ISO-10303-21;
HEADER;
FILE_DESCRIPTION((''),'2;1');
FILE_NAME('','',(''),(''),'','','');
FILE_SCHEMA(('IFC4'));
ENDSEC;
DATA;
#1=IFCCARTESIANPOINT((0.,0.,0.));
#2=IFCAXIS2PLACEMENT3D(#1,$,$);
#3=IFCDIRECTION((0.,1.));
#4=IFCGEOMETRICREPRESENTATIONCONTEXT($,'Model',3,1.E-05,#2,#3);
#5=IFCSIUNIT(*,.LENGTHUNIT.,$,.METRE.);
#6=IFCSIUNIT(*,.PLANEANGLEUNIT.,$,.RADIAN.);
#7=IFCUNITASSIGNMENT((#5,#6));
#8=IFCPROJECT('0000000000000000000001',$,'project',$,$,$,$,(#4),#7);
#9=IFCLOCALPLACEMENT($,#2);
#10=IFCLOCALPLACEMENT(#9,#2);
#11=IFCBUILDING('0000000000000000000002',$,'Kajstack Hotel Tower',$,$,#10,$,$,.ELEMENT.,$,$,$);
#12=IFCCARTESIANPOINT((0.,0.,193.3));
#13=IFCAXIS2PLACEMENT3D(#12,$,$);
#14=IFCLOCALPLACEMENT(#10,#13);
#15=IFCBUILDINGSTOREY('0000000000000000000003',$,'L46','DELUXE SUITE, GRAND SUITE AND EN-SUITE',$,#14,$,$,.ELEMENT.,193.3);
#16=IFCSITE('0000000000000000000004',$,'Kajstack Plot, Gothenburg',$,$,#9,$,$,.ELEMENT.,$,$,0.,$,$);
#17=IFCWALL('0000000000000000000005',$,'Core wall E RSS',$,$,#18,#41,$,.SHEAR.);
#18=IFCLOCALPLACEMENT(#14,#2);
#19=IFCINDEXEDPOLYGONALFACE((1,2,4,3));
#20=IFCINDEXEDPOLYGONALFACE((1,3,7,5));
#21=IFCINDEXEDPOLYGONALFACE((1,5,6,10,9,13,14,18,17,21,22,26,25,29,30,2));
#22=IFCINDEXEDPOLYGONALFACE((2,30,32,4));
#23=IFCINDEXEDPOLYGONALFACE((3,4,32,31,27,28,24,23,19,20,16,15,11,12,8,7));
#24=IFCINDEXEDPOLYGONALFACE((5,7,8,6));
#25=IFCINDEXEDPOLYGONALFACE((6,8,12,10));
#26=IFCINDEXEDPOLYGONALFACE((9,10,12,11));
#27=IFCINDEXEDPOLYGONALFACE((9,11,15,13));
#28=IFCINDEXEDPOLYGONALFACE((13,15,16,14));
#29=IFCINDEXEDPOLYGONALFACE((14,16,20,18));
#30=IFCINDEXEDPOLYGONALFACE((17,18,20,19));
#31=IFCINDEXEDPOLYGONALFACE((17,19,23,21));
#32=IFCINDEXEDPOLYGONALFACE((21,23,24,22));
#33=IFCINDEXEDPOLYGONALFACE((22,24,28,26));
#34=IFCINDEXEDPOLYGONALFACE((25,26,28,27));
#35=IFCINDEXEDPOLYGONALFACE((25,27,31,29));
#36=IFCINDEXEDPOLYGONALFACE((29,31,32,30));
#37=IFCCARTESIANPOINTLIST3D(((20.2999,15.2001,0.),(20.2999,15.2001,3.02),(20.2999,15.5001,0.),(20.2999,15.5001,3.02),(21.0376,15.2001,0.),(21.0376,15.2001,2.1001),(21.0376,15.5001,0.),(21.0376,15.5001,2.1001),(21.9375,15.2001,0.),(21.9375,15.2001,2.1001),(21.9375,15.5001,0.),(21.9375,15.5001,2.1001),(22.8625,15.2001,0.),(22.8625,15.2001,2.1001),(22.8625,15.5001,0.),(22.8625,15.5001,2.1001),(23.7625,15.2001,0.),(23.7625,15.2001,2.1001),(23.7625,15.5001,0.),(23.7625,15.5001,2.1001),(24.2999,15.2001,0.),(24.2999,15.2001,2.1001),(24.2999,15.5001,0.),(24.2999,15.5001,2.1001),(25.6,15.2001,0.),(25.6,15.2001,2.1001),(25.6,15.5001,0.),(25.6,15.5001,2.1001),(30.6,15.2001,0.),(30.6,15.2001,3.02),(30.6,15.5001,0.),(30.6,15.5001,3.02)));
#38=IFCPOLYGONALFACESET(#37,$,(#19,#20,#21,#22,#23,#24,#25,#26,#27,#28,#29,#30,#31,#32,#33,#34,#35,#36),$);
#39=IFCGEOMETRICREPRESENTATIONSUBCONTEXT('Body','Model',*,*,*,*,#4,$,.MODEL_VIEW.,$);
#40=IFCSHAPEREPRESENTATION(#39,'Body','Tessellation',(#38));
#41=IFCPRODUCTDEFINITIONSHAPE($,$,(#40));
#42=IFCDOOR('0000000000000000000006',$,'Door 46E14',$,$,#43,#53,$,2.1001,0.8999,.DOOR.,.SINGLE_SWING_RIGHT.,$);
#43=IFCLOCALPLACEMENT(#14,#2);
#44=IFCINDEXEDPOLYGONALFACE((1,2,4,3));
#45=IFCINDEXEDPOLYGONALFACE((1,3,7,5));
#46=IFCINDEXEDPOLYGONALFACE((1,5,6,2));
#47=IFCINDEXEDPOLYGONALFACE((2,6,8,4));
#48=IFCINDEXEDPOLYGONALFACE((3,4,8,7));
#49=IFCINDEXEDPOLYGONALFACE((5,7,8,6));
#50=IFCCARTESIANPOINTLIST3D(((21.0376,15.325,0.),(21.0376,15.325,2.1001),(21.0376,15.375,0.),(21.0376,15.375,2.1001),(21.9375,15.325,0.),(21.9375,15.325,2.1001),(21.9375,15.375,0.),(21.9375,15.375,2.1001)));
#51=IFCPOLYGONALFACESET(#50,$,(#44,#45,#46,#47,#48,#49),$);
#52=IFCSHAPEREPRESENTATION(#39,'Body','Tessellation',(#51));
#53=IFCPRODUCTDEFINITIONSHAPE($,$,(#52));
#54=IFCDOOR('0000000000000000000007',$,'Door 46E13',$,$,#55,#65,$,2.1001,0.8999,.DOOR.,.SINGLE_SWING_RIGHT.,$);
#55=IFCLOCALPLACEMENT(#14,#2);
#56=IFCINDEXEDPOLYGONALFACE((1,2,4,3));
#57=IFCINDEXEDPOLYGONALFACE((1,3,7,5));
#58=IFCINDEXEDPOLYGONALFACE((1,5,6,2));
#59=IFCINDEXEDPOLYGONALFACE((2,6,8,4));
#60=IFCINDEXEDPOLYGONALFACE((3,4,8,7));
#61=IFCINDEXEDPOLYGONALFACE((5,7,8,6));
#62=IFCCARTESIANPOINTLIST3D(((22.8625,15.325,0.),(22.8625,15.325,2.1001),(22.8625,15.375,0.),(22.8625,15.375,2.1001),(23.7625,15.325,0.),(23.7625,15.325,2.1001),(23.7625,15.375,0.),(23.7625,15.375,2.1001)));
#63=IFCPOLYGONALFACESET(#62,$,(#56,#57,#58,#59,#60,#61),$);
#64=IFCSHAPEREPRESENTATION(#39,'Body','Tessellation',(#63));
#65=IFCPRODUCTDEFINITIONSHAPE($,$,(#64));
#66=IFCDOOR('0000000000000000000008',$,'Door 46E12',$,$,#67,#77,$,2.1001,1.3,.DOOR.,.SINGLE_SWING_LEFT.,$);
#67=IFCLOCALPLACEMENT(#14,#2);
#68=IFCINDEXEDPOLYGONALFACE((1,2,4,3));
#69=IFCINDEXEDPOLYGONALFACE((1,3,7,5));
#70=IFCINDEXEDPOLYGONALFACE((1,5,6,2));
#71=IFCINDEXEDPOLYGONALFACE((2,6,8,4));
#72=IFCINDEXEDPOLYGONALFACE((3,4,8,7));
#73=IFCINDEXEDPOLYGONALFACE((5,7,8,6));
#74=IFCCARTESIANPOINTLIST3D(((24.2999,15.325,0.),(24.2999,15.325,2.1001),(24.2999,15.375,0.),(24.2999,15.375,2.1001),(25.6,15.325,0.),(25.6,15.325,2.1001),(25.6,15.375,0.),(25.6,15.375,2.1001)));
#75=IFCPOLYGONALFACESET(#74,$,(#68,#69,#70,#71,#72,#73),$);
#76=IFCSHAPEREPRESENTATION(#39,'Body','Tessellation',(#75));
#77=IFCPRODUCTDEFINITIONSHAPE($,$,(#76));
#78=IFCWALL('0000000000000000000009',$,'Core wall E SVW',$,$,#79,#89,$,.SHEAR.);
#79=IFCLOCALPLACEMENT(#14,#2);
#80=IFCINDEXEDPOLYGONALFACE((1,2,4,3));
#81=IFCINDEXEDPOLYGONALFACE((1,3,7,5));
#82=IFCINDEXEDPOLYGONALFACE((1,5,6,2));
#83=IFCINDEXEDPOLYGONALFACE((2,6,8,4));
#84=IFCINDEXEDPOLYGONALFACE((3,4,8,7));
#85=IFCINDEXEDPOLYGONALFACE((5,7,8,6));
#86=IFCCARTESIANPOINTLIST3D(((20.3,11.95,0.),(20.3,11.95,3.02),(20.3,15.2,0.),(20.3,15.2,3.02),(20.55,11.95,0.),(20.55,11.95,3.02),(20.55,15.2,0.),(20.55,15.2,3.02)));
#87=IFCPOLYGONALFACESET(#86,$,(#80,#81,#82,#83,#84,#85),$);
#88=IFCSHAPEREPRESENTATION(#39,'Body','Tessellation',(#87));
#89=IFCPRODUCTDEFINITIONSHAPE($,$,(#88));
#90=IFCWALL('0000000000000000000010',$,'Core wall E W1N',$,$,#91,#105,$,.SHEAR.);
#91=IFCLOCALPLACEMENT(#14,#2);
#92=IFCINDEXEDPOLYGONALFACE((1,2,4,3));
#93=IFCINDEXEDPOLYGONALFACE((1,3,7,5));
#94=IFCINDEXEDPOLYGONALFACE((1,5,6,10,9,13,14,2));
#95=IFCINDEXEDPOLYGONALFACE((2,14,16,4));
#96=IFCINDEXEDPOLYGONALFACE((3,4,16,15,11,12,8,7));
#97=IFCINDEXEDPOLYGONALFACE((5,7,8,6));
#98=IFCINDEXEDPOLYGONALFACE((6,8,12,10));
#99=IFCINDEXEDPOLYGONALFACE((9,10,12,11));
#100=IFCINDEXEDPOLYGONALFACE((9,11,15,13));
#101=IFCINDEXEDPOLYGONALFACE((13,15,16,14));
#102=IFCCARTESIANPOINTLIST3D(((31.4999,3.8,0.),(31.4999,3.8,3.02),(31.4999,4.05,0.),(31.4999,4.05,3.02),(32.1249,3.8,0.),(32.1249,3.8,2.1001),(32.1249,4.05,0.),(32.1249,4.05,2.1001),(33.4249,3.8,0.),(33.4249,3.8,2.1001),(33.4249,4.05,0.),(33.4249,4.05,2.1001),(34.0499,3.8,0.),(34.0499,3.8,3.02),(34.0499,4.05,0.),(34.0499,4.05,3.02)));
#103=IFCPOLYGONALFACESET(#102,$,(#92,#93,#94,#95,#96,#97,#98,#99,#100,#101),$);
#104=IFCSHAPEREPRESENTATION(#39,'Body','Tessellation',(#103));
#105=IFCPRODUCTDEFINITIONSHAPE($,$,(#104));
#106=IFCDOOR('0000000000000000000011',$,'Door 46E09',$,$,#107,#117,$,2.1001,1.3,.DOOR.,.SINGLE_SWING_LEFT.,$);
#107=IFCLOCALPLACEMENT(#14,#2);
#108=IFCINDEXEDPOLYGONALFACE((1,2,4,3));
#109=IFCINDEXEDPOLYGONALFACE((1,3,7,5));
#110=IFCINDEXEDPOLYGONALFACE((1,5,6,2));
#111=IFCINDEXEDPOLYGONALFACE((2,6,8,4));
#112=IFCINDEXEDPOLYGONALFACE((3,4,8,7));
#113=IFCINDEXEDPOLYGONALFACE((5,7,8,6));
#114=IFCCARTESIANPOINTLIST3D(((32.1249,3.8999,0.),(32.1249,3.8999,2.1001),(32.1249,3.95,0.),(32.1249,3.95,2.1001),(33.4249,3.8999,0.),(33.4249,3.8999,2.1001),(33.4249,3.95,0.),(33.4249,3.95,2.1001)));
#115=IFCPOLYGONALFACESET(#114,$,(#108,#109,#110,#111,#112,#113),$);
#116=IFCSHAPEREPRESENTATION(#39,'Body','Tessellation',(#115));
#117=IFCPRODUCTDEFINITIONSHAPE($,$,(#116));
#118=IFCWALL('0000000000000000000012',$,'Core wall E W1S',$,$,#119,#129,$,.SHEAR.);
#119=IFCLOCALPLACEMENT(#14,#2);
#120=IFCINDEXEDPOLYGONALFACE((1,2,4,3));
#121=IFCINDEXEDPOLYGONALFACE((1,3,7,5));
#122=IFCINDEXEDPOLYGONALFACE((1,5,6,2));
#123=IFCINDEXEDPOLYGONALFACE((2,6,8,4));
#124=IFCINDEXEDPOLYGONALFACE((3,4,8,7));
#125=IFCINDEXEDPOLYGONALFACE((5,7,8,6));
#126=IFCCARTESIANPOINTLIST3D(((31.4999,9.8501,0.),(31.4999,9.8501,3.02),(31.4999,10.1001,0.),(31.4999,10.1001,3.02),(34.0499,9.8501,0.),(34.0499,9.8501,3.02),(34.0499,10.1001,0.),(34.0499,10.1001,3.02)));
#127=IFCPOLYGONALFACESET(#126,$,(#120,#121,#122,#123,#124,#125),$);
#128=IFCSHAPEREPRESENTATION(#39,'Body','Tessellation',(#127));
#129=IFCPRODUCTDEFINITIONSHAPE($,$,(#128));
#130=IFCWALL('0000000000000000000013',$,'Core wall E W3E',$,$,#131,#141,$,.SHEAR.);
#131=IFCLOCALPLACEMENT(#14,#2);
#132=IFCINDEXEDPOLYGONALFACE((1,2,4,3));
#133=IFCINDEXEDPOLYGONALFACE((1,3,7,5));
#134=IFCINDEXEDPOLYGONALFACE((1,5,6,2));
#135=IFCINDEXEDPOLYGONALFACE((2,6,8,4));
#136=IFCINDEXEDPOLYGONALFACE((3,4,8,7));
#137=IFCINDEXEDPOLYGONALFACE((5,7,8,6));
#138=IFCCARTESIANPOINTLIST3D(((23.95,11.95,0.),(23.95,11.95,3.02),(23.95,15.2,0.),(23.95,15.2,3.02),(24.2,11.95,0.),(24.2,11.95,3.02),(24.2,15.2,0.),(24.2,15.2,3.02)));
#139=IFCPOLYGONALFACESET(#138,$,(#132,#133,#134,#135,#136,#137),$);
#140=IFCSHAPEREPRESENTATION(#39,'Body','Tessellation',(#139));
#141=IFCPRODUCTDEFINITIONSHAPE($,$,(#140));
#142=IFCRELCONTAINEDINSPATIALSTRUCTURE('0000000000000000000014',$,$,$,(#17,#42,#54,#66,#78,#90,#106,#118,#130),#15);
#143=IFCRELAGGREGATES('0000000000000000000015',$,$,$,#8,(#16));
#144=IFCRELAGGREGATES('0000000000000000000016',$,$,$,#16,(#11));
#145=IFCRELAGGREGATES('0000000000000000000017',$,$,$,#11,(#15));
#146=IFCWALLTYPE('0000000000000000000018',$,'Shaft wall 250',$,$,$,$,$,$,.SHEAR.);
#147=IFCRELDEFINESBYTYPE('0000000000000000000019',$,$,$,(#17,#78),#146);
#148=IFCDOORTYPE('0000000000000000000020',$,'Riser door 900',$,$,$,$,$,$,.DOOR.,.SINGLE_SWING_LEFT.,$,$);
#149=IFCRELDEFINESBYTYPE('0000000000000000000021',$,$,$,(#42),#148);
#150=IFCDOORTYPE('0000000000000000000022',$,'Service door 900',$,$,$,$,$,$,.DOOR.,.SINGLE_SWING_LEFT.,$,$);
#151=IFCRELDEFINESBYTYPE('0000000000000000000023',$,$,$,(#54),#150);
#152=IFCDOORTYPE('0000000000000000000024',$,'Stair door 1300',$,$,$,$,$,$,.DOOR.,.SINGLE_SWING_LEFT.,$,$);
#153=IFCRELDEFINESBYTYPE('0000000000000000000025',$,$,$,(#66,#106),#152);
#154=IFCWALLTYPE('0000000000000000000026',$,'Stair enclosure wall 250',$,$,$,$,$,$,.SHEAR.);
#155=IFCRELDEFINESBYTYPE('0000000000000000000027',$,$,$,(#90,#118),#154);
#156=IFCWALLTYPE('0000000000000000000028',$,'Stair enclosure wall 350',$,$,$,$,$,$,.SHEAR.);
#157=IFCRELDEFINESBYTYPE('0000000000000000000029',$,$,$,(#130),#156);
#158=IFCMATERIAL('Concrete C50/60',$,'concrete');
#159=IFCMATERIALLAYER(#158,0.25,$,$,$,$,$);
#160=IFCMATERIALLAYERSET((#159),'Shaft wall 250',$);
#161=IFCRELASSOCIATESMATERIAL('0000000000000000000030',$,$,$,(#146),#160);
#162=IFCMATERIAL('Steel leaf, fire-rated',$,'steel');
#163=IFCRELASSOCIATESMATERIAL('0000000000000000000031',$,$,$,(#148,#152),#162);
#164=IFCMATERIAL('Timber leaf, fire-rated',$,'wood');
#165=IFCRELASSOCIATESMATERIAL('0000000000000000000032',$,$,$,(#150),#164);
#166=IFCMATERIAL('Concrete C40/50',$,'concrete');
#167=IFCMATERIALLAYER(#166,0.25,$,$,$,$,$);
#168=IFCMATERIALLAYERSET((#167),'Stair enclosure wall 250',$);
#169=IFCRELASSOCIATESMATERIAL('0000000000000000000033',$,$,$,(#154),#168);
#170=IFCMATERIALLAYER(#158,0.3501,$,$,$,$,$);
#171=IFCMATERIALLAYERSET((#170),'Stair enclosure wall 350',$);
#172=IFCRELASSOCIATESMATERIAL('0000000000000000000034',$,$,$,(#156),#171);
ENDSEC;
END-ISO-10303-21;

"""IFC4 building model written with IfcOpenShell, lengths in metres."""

from ifc_helpers import new_model, si_unit, direction, frame, frame_2d, origin, place, context, subcontext, project, spatial, rectangle, extrude, material, layer, layer_set, type_object, element, fill, save


model = new_model("IFC4")

# Units and contexts
model_context = context("Model", 3, precision=1e-05, world=origin(), true_north=direction((0.0, 1.0)))
body_context = subcontext(model_context, "Body", "Model", "MODEL_VIEW")
ifc_project = project(units=[si_unit("LENGTHUNIT", "METRE"), si_unit("PLANEANGLEUNIT", "RADIAN")], contexts=[model_context])

# Site, building, storey
site_placement = place(None, origin())
site = spatial("IfcSite", under=ifc_project, at=site_placement, Name="Kajstack Plot, Gothenburg", CompositionType="ELEMENT", RefElevation=0.0)
building_placement = place(site_placement, origin())
building = spatial("IfcBuilding", under=site, at=building_placement, Name="Kajstack Hotel Tower", CompositionType="ELEMENT")
storey_placement = place(building_placement, frame((0.0, 0.0, 193.3)))
storey = spatial("IfcBuildingStorey", under=building, at=storey_placement, Name="L46", Description="DELUXE SUITE, GRAND SUITE AND EN-SUITE", CompositionType="ELEMENT", Elevation=193.3)

# Shared definitions
ifc_material_1 = material(Name="Concrete C40/50", Category="concrete")
ifc_material_2 = material(Name="Concrete C50/60", Category="concrete")

# Wall, openings, doors
ifc_layer_1 = layer(ifc_material_2, 0.25)
ifc_layer_set_1 = layer_set([ifc_layer_1], Name="Shaft wall 250")
wall_type_1 = type_object("IfcWallType", Name="Shaft wall 250", PredefinedType="SHEAR", material=ifc_layer_set_1)
wall_1_placement = place(storey_placement, frame((20.3, 15.3501, 0.0), z_axis=(0.0, 0.0, 1.0), x_axis=(1.0, 0.0, 0.0)))
wall_1 = element("IfcWall", 1, at=wall_1_placement, inside=storey, type_object=wall_type_1, Name="Core wall E RSS", PredefinedType="SHEAR", context=body_context, shape_type="SweptSolid", body=[
    extrude(rectangle(XDim=10.3, YDim=0.3, at=frame_2d((5.1499, 0.0))), origin(), (0.0, 0.0, 1.0), 3.02),
])
opening_1_placement = place(wall_1_placement, frame((4.0, 0.0, 0.0)))
opening_1 = element("IfcOpeningElement", 2, at=opening_1_placement, cuts=wall_1, PredefinedType="OPENING", context=body_context, shape_type="SweptSolid", body=[
    extrude(rectangle(XDim=1.3, YDim=2.1001, at=frame_2d((0.6499, 1.05))), frame((0.0, 0.1599, 0.0), z_axis=(0.0, -1.0, 0.0), x_axis=(1.0, 0.0, 0.0)), (0.0, 0.0, 1.0), 0.3201),
])
opening_2_placement = place(wall_1_placement, frame((2.5625, 0.0, 0.0)))
opening_2 = element("IfcOpeningElement", 3, at=opening_2_placement, cuts=wall_1, PredefinedType="OPENING", context=body_context, shape_type="SweptSolid", body=[
    extrude(rectangle(XDim=0.8999, YDim=2.1001, at=frame_2d((0.45, 1.05))), frame((0.0, 0.1599, 0.0), z_axis=(0.0, -1.0, 0.0), x_axis=(1.0, 0.0, 0.0)), (0.0, 0.0, 1.0), 0.3201),
])
opening_3_placement = place(wall_1_placement, frame((0.7375, 0.0, 0.0)))
opening_3 = element("IfcOpeningElement", 4, at=opening_3_placement, cuts=wall_1, PredefinedType="OPENING", context=body_context, shape_type="SweptSolid", body=[
    extrude(rectangle(XDim=0.8999, YDim=2.1001, at=frame_2d((0.45, 1.05))), frame((0.0, 0.1599, 0.0), z_axis=(0.0, -1.0, 0.0), x_axis=(1.0, 0.0, 0.0)), (0.0, 0.0, 1.0), 0.3201),
])
ifc_material_3 = material(Name="Steel leaf, fire-rated", Category="steel")
door_type_1 = type_object("IfcDoorType", Name="Riser door 900", OperationType="SINGLE_SWING_LEFT", PredefinedType="DOOR", material=ifc_material_3)
door_1_placement = place(opening_3_placement, origin())
door_1 = element("IfcDoor", 5, at=door_1_placement, inside=storey, type_object=door_type_1, Name="Door 46E14", OperationType="SINGLE_SWING_RIGHT", OverallHeight=2.1001, OverallWidth=0.8999, PredefinedType="DOOR", context=body_context, shape_type="SweptSolid", body=[
    extrude(rectangle(XDim=0.8999, YDim=2.1001, at=frame_2d((0.45, 1.05))), frame((0.0, 0.0249, 0.0), z_axis=(0.0, -1.0, 0.0), x_axis=(1.0, 0.0, 0.0)), (0.0, 0.0, 1.0), 0.05),
])
fill(opening_3, door_1)
ifc_material_4 = material(Name="Timber leaf, fire-rated", Category="wood")
door_type_2 = type_object("IfcDoorType", Name="Service door 900", OperationType="SINGLE_SWING_LEFT", PredefinedType="DOOR", material=ifc_material_4)
door_2_placement = place(opening_2_placement, origin())
door_2 = element("IfcDoor", 6, at=door_2_placement, inside=storey, type_object=door_type_2, Name="Door 46E13", OperationType="SINGLE_SWING_RIGHT", OverallHeight=2.1001, OverallWidth=0.8999, PredefinedType="DOOR", context=body_context, shape_type="SweptSolid", body=[
    extrude(rectangle(XDim=0.8999, YDim=2.1001, at=frame_2d((0.45, 1.05))), frame((0.0, 0.0249, 0.0), z_axis=(0.0, -1.0, 0.0), x_axis=(1.0, 0.0, 0.0)), (0.0, 0.0, 1.0), 0.05),
])
fill(opening_2, door_2)
door_type_3 = type_object("IfcDoorType", Name="Stair door 1300", OperationType="SINGLE_SWING_LEFT", PredefinedType="DOOR", material=ifc_material_3)
door_3_placement = place(opening_1_placement, origin())
door_3 = element("IfcDoor", 7, at=door_3_placement, inside=storey, type_object=door_type_3, Name="Door 46E12", OperationType="SINGLE_SWING_LEFT", OverallHeight=2.1001, OverallWidth=1.3, PredefinedType="DOOR", context=body_context, shape_type="SweptSolid", body=[
    extrude(rectangle(XDim=1.3, YDim=2.1001, at=frame_2d((0.6499, 1.05))), frame((0.0, 0.0249, 0.0), z_axis=(0.0, -1.0, 0.0), x_axis=(1.0, 0.0, 0.0)), (0.0, 0.0, 1.0), 0.05),
])
fill(opening_1, door_3)

# Wall
wall_2_placement = place(storey_placement, frame((20.425, 11.95, 0.0), z_axis=(0.0, 0.0, 1.0), x_axis=(0.0, 1.0, 0.0)))
element("IfcWall", 8, at=wall_2_placement, inside=storey, type_object=wall_type_1, Name="Core wall E SVW", PredefinedType="SHEAR", context=body_context, shape_type="SweptSolid", body=[
    extrude(rectangle(XDim=3.25, YDim=0.25, at=frame_2d((1.625, 0.0))), origin(), (0.0, 0.0, 1.0), 3.02),
])

# Wall, opening, door
ifc_layer_2 = layer(ifc_material_1, 0.25)
ifc_layer_set_2 = layer_set([ifc_layer_2], Name="Stair enclosure wall 250")
wall_type_2 = type_object("IfcWallType", Name="Stair enclosure wall 250", PredefinedType="SHEAR", material=ifc_layer_set_2)
wall_3_placement = place(storey_placement, frame((31.5, 3.925, 0.0), z_axis=(0.0, 0.0, 1.0), x_axis=(1.0, 0.0, 0.0)))
wall_3 = element("IfcWall", 9, at=wall_3_placement, inside=storey, type_object=wall_type_2, Name="Core wall E W1N", PredefinedType="SHEAR", context=body_context, shape_type="SweptSolid", body=[
    extrude(rectangle(XDim=2.55, YDim=0.25, at=frame_2d((1.2749, 0.0))), origin(), (0.0, 0.0, 1.0), 3.02),
])
opening_4_placement = place(wall_3_placement, frame((0.625, 0.0, 0.0)))
opening_4 = element("IfcOpeningElement", 10, at=opening_4_placement, cuts=wall_3, PredefinedType="OPENING", context=body_context, shape_type="SweptSolid", body=[
    extrude(rectangle(XDim=1.3, YDim=2.1001, at=frame_2d((0.6499, 1.05))), frame((0.0, 0.135, 0.0), z_axis=(0.0, -1.0, 0.0), x_axis=(1.0, 0.0, 0.0)), (0.0, 0.0, 1.0), 0.27),
])
door_4_placement = place(opening_4_placement, origin())
door_4 = element("IfcDoor", 11, at=door_4_placement, inside=storey, type_object=door_type_3, Name="Door 46E09", OperationType="SINGLE_SWING_LEFT", OverallHeight=2.1001, OverallWidth=1.3, PredefinedType="DOOR", context=body_context, shape_type="SweptSolid", body=[
    extrude(rectangle(XDim=1.3, YDim=2.1001, at=frame_2d((0.6499, 1.05))), frame((0.0, 0.0249, 0.0), z_axis=(0.0, -1.0, 0.0), x_axis=(1.0, 0.0, 0.0)), (0.0, 0.0, 1.0), 0.05),
])
fill(opening_4, door_4)

# Walls
wall_4_placement = place(storey_placement, frame((31.5, 9.9751, 0.0), z_axis=(0.0, 0.0, 1.0), x_axis=(1.0, 0.0, 0.0)))
element("IfcWall", 12, at=wall_4_placement, inside=storey, type_object=wall_type_2, Name="Core wall E W1S", PredefinedType="SHEAR", context=body_context, shape_type="SweptSolid", body=[
    extrude(rectangle(XDim=2.55, YDim=0.25, at=frame_2d((1.2749, 0.0))), origin(), (0.0, 0.0, 1.0), 3.02),
])
ifc_layer_3 = layer(ifc_material_2, 0.3501)
ifc_layer_set_3 = layer_set([ifc_layer_3], Name="Stair enclosure wall 350")
wall_type_3 = type_object("IfcWallType", Name="Stair enclosure wall 350", PredefinedType="SHEAR", material=ifc_layer_set_3)
wall_5_placement = place(storey_placement, frame((24.075, 11.95, 0.0), z_axis=(0.0, 0.0, 1.0), x_axis=(0.0, 1.0, 0.0)))
element("IfcWall", 13, at=wall_5_placement, inside=storey, type_object=wall_type_3, Name="Core wall E W3E", PredefinedType="SHEAR", context=body_context, shape_type="SweptSolid", body=[
    extrude(rectangle(XDim=3.25, YDim=0.25, at=frame_2d((1.625, 0.0))), origin(), (0.0, 0.0, 1.0), 3.02),
])

save(model, "model.ifc")
